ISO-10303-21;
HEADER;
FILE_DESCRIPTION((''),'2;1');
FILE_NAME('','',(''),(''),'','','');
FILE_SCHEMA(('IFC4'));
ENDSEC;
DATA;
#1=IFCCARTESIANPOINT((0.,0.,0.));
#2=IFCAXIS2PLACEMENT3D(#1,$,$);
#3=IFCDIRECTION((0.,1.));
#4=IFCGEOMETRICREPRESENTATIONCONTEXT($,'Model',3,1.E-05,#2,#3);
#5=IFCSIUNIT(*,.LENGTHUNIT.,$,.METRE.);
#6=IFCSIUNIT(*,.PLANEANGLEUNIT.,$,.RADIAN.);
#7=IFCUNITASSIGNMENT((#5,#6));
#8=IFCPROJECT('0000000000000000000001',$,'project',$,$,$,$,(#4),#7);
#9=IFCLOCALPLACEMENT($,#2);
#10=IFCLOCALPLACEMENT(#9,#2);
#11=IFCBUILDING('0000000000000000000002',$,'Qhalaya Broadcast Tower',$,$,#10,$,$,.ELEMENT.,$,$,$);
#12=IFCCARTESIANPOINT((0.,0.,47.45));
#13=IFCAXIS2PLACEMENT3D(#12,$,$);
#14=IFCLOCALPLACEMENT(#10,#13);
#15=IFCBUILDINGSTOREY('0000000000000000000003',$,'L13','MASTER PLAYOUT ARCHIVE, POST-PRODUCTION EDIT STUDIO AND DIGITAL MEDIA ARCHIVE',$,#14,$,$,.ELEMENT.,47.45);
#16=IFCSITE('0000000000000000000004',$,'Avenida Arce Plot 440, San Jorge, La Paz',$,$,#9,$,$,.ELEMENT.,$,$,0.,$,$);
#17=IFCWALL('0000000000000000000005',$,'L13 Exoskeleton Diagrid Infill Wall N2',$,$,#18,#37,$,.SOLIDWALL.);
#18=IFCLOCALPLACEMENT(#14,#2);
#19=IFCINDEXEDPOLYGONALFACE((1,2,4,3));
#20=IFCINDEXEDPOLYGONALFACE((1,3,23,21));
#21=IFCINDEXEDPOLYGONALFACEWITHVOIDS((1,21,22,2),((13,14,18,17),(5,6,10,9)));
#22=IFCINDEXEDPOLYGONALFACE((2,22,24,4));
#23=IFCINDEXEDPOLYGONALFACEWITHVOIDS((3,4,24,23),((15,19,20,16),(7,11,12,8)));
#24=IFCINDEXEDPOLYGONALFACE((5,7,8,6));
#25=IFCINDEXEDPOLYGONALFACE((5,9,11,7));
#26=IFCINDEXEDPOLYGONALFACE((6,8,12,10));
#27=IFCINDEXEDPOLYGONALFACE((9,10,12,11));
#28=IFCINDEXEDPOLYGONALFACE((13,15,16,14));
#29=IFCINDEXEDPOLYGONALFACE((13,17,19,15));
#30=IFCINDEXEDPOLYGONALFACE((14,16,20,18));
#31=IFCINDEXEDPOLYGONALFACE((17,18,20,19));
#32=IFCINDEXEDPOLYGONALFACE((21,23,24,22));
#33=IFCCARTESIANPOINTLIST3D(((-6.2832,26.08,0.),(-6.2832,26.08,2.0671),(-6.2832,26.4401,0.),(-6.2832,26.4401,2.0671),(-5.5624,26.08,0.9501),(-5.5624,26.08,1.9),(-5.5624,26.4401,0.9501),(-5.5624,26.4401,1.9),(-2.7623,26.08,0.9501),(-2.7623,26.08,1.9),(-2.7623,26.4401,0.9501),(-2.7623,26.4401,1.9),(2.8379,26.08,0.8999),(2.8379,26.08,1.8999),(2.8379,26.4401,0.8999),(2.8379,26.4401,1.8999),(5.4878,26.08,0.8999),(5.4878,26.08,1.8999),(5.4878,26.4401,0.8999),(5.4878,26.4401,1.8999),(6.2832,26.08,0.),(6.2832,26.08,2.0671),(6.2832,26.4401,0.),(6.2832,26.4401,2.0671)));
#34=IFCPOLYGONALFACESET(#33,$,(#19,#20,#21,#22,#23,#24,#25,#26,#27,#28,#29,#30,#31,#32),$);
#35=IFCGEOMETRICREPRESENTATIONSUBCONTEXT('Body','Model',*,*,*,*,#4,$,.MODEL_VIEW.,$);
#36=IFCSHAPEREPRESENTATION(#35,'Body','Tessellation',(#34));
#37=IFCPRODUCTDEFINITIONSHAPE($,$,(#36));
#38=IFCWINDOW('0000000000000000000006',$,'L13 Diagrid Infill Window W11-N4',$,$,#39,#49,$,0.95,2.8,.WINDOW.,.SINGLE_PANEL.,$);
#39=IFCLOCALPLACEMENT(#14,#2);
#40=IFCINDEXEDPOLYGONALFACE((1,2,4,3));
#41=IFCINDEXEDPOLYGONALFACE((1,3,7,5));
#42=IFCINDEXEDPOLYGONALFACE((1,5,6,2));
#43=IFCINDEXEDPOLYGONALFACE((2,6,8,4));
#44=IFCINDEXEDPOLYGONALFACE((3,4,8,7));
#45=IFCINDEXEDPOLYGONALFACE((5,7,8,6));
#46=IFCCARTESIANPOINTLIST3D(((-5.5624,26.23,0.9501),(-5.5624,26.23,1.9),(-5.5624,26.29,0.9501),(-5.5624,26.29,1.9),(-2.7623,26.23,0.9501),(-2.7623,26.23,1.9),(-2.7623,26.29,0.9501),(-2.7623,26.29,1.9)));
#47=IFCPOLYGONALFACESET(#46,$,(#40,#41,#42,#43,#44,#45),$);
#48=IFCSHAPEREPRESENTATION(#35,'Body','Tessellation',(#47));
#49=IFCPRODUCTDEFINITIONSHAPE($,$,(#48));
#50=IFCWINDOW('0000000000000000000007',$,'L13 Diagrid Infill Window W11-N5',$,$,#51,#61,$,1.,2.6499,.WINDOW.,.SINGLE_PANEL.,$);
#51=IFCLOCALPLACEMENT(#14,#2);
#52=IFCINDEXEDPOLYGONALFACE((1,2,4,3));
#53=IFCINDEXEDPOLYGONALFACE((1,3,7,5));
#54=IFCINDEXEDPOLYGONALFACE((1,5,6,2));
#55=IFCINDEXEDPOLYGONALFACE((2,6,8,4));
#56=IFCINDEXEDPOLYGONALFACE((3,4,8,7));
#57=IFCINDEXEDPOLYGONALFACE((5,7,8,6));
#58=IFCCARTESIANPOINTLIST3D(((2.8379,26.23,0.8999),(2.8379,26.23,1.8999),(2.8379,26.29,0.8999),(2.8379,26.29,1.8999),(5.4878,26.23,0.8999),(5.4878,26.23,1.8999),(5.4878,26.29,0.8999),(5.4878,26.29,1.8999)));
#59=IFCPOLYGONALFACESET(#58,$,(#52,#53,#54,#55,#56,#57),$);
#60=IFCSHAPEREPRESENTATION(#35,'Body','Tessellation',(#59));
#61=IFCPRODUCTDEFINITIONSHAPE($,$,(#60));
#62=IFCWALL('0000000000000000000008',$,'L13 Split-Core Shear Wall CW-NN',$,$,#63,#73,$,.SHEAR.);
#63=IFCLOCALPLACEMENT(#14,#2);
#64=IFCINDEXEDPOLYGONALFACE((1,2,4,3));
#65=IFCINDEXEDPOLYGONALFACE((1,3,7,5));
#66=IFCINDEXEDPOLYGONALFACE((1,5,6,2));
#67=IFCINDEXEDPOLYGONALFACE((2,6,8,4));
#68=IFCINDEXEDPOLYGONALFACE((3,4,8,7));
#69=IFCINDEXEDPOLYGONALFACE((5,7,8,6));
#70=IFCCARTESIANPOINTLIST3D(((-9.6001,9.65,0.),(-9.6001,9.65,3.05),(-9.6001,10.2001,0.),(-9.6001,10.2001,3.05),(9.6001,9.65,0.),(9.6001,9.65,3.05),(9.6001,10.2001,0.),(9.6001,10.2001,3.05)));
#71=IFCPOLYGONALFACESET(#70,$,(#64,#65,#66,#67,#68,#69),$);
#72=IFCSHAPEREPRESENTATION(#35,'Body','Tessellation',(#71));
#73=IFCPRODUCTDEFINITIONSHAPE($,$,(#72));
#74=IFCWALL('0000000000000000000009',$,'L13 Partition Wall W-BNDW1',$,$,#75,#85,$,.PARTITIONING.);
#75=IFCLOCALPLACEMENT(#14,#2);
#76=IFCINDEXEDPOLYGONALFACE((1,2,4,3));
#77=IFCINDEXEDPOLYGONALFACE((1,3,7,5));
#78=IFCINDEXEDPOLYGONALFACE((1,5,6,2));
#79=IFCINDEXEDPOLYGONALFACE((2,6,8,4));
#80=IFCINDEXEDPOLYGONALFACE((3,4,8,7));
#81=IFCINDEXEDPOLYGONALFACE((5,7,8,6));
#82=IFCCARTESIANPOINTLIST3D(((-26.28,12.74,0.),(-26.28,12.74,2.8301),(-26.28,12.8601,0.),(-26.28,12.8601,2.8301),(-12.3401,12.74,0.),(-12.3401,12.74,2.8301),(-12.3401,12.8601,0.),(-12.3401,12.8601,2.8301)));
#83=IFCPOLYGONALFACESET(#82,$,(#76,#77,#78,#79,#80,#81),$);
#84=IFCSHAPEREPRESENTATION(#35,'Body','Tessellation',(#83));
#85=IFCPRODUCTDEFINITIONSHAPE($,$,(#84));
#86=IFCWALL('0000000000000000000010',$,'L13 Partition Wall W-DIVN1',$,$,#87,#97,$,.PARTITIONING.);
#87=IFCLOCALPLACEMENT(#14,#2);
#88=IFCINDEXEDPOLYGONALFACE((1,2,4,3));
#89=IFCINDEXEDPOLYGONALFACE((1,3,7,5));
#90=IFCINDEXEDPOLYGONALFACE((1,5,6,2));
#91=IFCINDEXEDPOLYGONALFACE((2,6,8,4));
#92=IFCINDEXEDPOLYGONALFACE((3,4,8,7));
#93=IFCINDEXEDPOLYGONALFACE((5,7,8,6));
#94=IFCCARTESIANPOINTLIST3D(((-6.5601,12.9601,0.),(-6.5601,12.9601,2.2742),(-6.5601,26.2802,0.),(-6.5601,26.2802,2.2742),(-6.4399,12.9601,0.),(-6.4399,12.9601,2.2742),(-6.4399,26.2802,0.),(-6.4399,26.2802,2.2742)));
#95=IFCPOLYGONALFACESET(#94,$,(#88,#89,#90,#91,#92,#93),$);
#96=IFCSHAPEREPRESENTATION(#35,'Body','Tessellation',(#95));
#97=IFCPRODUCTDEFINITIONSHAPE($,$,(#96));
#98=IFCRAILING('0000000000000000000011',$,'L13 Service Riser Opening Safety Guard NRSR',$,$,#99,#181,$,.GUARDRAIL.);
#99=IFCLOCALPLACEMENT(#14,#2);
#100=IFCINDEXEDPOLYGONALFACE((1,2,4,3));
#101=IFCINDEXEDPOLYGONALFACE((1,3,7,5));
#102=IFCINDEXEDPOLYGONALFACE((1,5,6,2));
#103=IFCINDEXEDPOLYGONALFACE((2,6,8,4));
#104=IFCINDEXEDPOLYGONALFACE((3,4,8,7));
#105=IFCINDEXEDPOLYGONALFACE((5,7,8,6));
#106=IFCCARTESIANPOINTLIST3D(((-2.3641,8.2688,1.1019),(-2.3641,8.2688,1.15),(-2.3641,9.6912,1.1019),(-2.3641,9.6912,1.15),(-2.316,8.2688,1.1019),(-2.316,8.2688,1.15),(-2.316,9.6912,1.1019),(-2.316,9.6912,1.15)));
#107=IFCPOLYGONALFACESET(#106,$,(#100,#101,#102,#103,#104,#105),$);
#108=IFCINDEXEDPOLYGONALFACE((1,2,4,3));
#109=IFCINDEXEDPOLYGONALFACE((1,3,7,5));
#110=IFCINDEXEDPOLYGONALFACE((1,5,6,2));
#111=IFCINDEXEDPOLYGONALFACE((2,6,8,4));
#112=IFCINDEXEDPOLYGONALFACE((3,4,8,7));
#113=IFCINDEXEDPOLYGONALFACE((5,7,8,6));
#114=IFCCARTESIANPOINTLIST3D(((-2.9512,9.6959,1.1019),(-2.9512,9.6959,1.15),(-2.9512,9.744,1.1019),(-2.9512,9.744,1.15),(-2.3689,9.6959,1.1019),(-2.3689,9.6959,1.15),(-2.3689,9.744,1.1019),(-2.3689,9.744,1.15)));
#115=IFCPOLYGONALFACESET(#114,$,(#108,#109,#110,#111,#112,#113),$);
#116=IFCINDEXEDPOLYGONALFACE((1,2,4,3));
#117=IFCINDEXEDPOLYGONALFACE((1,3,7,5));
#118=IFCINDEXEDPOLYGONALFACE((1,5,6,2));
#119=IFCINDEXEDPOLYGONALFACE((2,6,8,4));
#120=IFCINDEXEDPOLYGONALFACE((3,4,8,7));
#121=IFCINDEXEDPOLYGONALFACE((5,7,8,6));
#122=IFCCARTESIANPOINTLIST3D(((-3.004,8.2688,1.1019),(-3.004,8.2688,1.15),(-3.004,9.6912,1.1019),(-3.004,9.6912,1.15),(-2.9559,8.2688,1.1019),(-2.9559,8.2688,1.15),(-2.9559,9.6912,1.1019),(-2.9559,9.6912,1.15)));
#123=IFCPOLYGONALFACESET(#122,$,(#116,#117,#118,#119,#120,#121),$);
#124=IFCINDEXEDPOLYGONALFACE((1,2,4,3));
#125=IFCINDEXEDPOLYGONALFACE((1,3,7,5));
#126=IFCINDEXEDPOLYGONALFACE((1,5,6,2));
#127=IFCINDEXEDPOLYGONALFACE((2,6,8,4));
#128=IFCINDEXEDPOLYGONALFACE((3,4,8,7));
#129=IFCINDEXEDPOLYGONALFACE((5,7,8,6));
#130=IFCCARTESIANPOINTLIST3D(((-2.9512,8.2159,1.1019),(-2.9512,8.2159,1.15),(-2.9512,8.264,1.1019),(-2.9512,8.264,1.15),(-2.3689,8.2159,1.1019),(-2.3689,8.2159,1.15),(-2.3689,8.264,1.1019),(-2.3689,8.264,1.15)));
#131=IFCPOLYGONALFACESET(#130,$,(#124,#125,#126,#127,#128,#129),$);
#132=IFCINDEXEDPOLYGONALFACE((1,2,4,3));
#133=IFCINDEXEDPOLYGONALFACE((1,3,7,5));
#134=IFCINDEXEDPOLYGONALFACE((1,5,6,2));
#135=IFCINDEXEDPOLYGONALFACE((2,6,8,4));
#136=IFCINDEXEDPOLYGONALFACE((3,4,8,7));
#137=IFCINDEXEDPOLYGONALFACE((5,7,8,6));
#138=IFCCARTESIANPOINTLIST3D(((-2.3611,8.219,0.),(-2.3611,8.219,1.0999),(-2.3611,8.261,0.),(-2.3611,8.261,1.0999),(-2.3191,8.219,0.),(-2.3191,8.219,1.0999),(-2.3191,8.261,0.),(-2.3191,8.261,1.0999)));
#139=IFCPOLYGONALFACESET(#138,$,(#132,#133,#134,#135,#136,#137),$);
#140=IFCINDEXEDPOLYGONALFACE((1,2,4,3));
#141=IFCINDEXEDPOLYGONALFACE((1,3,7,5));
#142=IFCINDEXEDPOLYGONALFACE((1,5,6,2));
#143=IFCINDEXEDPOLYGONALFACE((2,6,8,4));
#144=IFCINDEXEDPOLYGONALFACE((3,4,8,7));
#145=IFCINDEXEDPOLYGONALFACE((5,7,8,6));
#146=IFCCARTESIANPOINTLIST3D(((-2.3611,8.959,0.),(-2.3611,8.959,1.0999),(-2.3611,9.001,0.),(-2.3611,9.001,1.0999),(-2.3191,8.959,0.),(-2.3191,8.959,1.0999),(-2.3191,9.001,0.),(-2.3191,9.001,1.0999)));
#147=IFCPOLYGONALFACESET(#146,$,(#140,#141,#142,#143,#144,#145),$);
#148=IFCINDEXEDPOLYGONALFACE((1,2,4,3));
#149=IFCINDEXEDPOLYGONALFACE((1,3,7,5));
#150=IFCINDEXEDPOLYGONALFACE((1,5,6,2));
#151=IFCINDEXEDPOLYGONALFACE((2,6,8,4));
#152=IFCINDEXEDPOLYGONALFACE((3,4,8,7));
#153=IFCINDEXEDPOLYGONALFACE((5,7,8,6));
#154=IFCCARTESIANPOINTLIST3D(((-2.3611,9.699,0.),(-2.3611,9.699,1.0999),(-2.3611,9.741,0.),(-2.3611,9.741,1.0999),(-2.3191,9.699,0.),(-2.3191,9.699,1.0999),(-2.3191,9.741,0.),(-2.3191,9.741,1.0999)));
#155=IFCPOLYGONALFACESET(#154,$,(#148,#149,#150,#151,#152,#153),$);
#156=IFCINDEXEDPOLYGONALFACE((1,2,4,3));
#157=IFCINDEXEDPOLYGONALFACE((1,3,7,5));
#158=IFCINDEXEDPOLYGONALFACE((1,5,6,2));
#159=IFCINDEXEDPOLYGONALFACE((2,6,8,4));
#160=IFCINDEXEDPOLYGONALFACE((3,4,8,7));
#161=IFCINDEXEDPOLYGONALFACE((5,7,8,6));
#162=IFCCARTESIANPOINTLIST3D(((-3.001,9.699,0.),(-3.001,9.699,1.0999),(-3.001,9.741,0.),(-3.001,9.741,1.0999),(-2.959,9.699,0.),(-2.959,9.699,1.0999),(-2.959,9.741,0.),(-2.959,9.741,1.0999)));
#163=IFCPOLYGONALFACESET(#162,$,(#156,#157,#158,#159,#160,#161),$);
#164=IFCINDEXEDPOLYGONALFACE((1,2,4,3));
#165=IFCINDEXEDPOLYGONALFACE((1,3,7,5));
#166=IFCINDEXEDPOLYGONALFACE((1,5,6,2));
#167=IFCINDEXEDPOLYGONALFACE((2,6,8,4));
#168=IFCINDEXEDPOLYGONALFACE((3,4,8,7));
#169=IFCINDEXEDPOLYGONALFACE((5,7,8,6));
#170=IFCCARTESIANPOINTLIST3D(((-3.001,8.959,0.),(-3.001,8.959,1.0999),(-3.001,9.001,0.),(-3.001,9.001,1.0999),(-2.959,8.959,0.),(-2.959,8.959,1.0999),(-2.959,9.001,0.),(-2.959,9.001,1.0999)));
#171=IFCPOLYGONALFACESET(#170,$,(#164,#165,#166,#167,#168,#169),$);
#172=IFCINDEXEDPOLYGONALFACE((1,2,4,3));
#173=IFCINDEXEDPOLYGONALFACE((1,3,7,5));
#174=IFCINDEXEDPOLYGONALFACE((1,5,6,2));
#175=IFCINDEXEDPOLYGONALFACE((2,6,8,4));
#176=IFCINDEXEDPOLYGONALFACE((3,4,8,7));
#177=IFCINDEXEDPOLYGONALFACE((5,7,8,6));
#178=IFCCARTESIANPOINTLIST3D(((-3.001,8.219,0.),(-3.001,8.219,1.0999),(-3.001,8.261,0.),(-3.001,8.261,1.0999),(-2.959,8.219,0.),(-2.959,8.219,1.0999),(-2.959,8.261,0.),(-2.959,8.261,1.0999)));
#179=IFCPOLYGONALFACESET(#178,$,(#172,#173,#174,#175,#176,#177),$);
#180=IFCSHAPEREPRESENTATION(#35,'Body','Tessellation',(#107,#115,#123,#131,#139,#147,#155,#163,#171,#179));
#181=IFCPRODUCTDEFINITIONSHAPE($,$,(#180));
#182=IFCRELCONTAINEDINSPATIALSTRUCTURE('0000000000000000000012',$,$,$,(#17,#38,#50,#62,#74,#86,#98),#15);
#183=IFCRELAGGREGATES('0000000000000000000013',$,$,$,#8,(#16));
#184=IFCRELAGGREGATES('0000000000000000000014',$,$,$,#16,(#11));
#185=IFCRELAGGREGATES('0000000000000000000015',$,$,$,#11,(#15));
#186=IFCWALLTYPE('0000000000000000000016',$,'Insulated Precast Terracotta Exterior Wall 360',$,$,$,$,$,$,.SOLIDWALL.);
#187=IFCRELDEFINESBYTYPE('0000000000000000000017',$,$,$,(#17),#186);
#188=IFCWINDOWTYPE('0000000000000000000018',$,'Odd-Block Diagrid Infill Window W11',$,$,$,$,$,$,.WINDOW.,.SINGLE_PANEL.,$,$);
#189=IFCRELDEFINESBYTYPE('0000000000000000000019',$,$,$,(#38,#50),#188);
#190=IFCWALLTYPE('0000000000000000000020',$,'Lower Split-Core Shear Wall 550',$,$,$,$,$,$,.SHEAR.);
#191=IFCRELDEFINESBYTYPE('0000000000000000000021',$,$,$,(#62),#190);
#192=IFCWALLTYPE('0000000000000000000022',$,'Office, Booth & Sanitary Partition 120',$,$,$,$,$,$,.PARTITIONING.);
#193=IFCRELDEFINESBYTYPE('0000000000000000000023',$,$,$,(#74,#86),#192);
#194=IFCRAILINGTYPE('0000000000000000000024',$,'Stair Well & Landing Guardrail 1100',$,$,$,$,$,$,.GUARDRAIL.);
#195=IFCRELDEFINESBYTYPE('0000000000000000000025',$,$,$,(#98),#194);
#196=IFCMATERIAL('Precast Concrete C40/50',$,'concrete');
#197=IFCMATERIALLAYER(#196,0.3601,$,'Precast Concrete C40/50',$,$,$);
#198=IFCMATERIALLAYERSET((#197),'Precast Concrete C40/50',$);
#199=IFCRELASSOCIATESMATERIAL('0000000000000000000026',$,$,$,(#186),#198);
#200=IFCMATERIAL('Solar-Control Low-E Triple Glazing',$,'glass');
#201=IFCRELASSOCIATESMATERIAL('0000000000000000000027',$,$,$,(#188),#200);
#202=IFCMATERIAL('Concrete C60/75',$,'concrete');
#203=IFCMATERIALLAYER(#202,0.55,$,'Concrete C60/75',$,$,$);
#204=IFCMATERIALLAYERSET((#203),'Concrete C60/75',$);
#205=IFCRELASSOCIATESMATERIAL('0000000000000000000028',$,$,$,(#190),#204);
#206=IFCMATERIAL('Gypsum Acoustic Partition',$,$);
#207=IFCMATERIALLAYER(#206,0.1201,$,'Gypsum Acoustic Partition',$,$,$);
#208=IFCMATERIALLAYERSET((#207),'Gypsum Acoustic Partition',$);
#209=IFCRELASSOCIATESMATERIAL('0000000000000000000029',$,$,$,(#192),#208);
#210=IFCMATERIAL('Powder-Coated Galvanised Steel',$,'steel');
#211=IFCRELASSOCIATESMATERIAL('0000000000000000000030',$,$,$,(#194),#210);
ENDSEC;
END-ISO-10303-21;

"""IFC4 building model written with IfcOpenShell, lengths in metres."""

from ifc_helpers import new_model, si_unit, direction, frame, frame_2d, origin, origin_2d, place, context, subcontext, project, spatial, rectangle, extrude, material, layer, layer_set, type_object, element, fill, save


model = new_model("IFC4")

# Units and contexts
model_context = context("Model", 3, precision=1e-05, world=origin(), true_north=direction((0.0, 1.0)))
body_context = subcontext(model_context, "Body", "Model", "MODEL_VIEW")
ifc_project = project(units=[si_unit("LENGTHUNIT", "METRE"), si_unit("PLANEANGLEUNIT", "RADIAN")], contexts=[model_context])

# Site, building, storey
site_placement = place(None, origin())
site = spatial("IfcSite", under=ifc_project, at=site_placement, Name="Avenida Arce Plot 440, San Jorge, La Paz", CompositionType="ELEMENT", RefElevation=0.0)
building_placement = place(site_placement, origin())
building = spatial("IfcBuilding", under=site, at=building_placement, Name="Qhalaya Broadcast Tower", CompositionType="ELEMENT")
storey_placement = place(building_placement, frame((0.0, 0.0, 47.45)))
storey = spatial("IfcBuildingStorey", under=building, at=storey_placement, Name="L13", Description="MASTER PLAYOUT ARCHIVE, POST-PRODUCTION EDIT STUDIO AND DIGITAL MEDIA ARCHIVE", CompositionType="ELEMENT", Elevation=47.45)

# Shared definitions
ifc_material_1 = material(Name="Gypsum Acoustic Partition")

# Wall, openings, windows
ifc_material_2 = material(Name="Precast Concrete C40/50", Category="concrete")
ifc_layer_1 = layer(ifc_material_2, 0.3601, Name="Precast Concrete C40/50")
ifc_layer_set_1 = layer_set([ifc_layer_1], Name="Precast Concrete C40/50")
wall_type_1 = type_object("IfcWallType", Name="Insulated Precast Terracotta Exterior Wall 360", PredefinedType="SOLIDWALL", material=ifc_layer_set_1)
ifc_material_3 = material(Name="Solar-Control Low-E Triple Glazing", Category="glass")
window_type = type_object("IfcWindowType", Name="Odd-Block Diagrid Infill Window W11", PartitioningType="SINGLE_PANEL", PredefinedType="WINDOW", material=ifc_material_3)
wall_1_placement = place(storey_placement, frame((-6.2832, 26.26, 0.0), z_axis=(0.0, 0.0, 1.0), x_axis=(1.0, 0.0, 0.0)))
wall_1 = element("IfcWall", 1, at=wall_1_placement, inside=storey, type_object=wall_type_1, Name="L13 Exoskeleton Diagrid Infill Wall N2", PredefinedType="SOLIDWALL", context=body_context, shape_type="SweptSolid", body=[
    extrude(rectangle(XDim=12.5664, YDim=0.3601, at=frame_2d((6.2832, 0.0))), origin(), (0.0, 0.0, 1.0), 2.0671),
])
opening_1_placement = place(wall_1_placement, frame((0.7209, 0.0, 0.95)))
opening_1 = element("IfcOpeningElement", 2, at=opening_1_placement, cuts=wall_1, PredefinedType="OPENING", context=body_context, shape_type="SweptSolid", body=[
    extrude(rectangle(XDim=2.8, YDim=0.95, at=frame_2d((1.3999, 0.4751))), frame((0.0, 0.1921, 0.0), z_axis=(0.0, -1.0, 0.0), x_axis=(1.0, 0.0, 0.0)), (0.0, 0.0, 1.0), 0.384),
])
opening_2_placement = place(wall_1_placement, frame((9.1211, 0.0, 0.8999)))
opening_2 = element("IfcOpeningElement", 3, at=opening_2_placement, cuts=wall_1, PredefinedType="OPENING", context=body_context, shape_type="SweptSolid", body=[
    extrude(rectangle(XDim=2.6499, YDim=1.0, at=frame_2d((1.325, 0.5))), frame((0.0, 0.1921, 0.0), z_axis=(0.0, -1.0, 0.0), x_axis=(1.0, 0.0, 0.0)), (0.0, 0.0, 1.0), 0.384),
])
window_1_placement = place(opening_1_placement, origin())
window_1 = element("IfcWindow", 4, at=window_1_placement, inside=storey, type_object=window_type, Name="L13 Diagrid Infill Window W11-N4", OverallHeight=0.95, OverallWidth=2.8, PartitioningType="SINGLE_PANEL", PredefinedType="WINDOW", context=body_context, shape_type="SweptSolid", body=[
    extrude(rectangle(XDim=2.8, YDim=0.95, at=frame_2d((1.3999, 0.4751))), frame((0.0, 0.03, 0.0), z_axis=(0.0, -1.0, 0.0), x_axis=(1.0, 0.0, 0.0)), (0.0, 0.0, 1.0), 0.0601),
])
fill(opening_1, window_1)
window_2_placement = place(opening_2_placement, origin())
window_2 = element("IfcWindow", 5, at=window_2_placement, inside=storey, type_object=window_type, Name="L13 Diagrid Infill Window W11-N5", OverallHeight=1.0, OverallWidth=2.6499, PartitioningType="SINGLE_PANEL", PredefinedType="WINDOW", context=body_context, shape_type="SweptSolid", body=[
    extrude(rectangle(XDim=2.6499, YDim=1.0, at=frame_2d((1.325, 0.5))), frame((0.0, 0.03, 0.0), z_axis=(0.0, -1.0, 0.0), x_axis=(1.0, 0.0, 0.0)), (0.0, 0.0, 1.0), 0.0601),
])
fill(opening_2, window_2)

# Walls
ifc_material_4 = material(Name="Concrete C60/75", Category="concrete")
ifc_layer_2 = layer(ifc_material_4, 0.55, Name="Concrete C60/75")
ifc_layer_set_2 = layer_set([ifc_layer_2], Name="Concrete C60/75")
wall_type_2 = type_object("IfcWallType", Name="Lower Split-Core Shear Wall 550", PredefinedType="SHEAR", material=ifc_layer_set_2)
wall_2_placement = place(storey_placement, frame((-9.6001, 9.925, 0.0), z_axis=(0.0, 0.0, 1.0), x_axis=(1.0, 0.0, 0.0)))
element("IfcWall", 6, at=wall_2_placement, inside=storey, type_object=wall_type_2, Name="L13 Split-Core Shear Wall CW-NN", PredefinedType="SHEAR", context=body_context, shape_type="SweptSolid", body=[
    extrude(rectangle(XDim=19.2002, YDim=0.55, at=frame_2d((9.6001, 0.0))), origin(), (0.0, 0.0, 1.0), 3.05),
])
ifc_layer_3 = layer(ifc_material_1, 0.1201, Name="Gypsum Acoustic Partition")
ifc_layer_set_3 = layer_set([ifc_layer_3], Name="Gypsum Acoustic Partition")
wall_type_3 = type_object("IfcWallType", Name="Office, Booth & Sanitary Partition 120", PredefinedType="PARTITIONING", material=ifc_layer_set_3)
wall_3_placement = place(storey_placement, frame((-26.28, 12.8, 0.0), z_axis=(0.0, 0.0, 1.0), x_axis=(1.0, 0.0, 0.0)))
element("IfcWall", 7, at=wall_3_placement, inside=storey, type_object=wall_type_3, Name="L13 Partition Wall W-BNDW1", PredefinedType="PARTITIONING", context=body_context, shape_type="SweptSolid", body=[
    extrude(rectangle(XDim=13.9399, YDim=0.1201, at=frame_2d((6.97, 0.0))), origin(), (0.0, 0.0, 1.0), 2.8301),
])
wall_4_placement = place(storey_placement, frame((-6.5, 12.96, 0.0), z_axis=(0.0, 0.0, 1.0), x_axis=(0.0, 1.0, 0.0)))
element("IfcWall", 8, at=wall_4_placement, inside=storey, type_object=wall_type_3, Name="L13 Partition Wall W-DIVN1", PredefinedType="PARTITIONING", context=body_context, shape_type="SweptSolid", body=[
    extrude(rectangle(XDim=13.3201, YDim=0.1201, at=frame_2d((6.6602, 0.0))), origin(), (0.0, 0.0, 1.0), 2.2742),
])

# Railing
ifc_material_5 = material(Name="Powder-Coated Galvanised Steel", Category="steel")
railing_type_1 = type_object("IfcRailingType", Name="Stair Well & Landing Guardrail 1100", PredefinedType="GUARDRAIL", material=ifc_material_5)
railing_1_placement = place(storey_placement, frame((-2.3401, 8.24, 0.0)))
element("IfcRailing", 9, at=railing_1_placement, inside=storey, type_object=railing_type_1, Name="L13 Service Riser Opening Safety Guard NRSR", PredefinedType="GUARDRAIL", context=body_context, shape_type="SweptSolid", body=[
    extrude(rectangle(XDim=0.0481, YDim=0.0481, at=origin_2d()), frame((0.0, 0.0288, 1.126), z_axis=(0.0, 1.0, 0.0), x_axis=(-1.0, 0.0, 0.0)), (0.0, 0.0, 1.0), 1.4224),
    extrude(rectangle(XDim=0.0481, YDim=0.0481, at=origin_2d()), frame((-0.0288, 1.48, 1.126), z_axis=(-1.0, 0.0, 0.0), x_axis=(0.0, -1.0, 0.0)), (0.0, 0.0, 1.0), 0.5823),
    extrude(rectangle(XDim=0.0481, YDim=0.0481, at=origin_2d()), frame((-0.6399, 1.4512, 1.126), z_axis=(0.0, -1.0, 0.0), x_axis=(1.0, 0.0, 0.0)), (0.0, 0.0, 1.0), 1.4224),
    extrude(rectangle(XDim=0.0481, YDim=0.0481, at=origin_2d()), frame((-0.6111, 0.0, 1.126), z_axis=(1.0, 0.0, 0.0), x_axis=(0.0, 1.0, 0.0)), (0.0, 0.0, 1.0), 0.5823),
    extrude(rectangle(XDim=0.042, YDim=0.042, at=origin_2d()), origin(), (0.0, 0.0, 1.0), 1.0999),
    extrude(rectangle(XDim=0.042, YDim=0.042, at=origin_2d()), frame((0.0, 0.74, 0.0)), (0.0, 0.0, 1.0), 1.0999),
    extrude(rectangle(XDim=0.042, YDim=0.042, at=origin_2d()), frame((0.0, 1.48, 0.0)), (0.0, 0.0, 1.0), 1.0999),
    extrude(rectangle(XDim=0.042, YDim=0.042, at=origin_2d()), frame((-0.6399, 1.48, 0.0)), (0.0, 0.0, 1.0), 1.0999),
    extrude(rectangle(XDim=0.042, YDim=0.042, at=origin_2d()), frame((-0.6399, 0.74, 0.0)), (0.0, 0.0, 1.0), 1.0999),
    extrude(rectangle(XDim=0.042, YDim=0.042, at=origin_2d()), frame((-0.6399, 0.0, 0.0)), (0.0, 0.0, 1.0), 1.0999),
])

save(model, "model.ifc")
